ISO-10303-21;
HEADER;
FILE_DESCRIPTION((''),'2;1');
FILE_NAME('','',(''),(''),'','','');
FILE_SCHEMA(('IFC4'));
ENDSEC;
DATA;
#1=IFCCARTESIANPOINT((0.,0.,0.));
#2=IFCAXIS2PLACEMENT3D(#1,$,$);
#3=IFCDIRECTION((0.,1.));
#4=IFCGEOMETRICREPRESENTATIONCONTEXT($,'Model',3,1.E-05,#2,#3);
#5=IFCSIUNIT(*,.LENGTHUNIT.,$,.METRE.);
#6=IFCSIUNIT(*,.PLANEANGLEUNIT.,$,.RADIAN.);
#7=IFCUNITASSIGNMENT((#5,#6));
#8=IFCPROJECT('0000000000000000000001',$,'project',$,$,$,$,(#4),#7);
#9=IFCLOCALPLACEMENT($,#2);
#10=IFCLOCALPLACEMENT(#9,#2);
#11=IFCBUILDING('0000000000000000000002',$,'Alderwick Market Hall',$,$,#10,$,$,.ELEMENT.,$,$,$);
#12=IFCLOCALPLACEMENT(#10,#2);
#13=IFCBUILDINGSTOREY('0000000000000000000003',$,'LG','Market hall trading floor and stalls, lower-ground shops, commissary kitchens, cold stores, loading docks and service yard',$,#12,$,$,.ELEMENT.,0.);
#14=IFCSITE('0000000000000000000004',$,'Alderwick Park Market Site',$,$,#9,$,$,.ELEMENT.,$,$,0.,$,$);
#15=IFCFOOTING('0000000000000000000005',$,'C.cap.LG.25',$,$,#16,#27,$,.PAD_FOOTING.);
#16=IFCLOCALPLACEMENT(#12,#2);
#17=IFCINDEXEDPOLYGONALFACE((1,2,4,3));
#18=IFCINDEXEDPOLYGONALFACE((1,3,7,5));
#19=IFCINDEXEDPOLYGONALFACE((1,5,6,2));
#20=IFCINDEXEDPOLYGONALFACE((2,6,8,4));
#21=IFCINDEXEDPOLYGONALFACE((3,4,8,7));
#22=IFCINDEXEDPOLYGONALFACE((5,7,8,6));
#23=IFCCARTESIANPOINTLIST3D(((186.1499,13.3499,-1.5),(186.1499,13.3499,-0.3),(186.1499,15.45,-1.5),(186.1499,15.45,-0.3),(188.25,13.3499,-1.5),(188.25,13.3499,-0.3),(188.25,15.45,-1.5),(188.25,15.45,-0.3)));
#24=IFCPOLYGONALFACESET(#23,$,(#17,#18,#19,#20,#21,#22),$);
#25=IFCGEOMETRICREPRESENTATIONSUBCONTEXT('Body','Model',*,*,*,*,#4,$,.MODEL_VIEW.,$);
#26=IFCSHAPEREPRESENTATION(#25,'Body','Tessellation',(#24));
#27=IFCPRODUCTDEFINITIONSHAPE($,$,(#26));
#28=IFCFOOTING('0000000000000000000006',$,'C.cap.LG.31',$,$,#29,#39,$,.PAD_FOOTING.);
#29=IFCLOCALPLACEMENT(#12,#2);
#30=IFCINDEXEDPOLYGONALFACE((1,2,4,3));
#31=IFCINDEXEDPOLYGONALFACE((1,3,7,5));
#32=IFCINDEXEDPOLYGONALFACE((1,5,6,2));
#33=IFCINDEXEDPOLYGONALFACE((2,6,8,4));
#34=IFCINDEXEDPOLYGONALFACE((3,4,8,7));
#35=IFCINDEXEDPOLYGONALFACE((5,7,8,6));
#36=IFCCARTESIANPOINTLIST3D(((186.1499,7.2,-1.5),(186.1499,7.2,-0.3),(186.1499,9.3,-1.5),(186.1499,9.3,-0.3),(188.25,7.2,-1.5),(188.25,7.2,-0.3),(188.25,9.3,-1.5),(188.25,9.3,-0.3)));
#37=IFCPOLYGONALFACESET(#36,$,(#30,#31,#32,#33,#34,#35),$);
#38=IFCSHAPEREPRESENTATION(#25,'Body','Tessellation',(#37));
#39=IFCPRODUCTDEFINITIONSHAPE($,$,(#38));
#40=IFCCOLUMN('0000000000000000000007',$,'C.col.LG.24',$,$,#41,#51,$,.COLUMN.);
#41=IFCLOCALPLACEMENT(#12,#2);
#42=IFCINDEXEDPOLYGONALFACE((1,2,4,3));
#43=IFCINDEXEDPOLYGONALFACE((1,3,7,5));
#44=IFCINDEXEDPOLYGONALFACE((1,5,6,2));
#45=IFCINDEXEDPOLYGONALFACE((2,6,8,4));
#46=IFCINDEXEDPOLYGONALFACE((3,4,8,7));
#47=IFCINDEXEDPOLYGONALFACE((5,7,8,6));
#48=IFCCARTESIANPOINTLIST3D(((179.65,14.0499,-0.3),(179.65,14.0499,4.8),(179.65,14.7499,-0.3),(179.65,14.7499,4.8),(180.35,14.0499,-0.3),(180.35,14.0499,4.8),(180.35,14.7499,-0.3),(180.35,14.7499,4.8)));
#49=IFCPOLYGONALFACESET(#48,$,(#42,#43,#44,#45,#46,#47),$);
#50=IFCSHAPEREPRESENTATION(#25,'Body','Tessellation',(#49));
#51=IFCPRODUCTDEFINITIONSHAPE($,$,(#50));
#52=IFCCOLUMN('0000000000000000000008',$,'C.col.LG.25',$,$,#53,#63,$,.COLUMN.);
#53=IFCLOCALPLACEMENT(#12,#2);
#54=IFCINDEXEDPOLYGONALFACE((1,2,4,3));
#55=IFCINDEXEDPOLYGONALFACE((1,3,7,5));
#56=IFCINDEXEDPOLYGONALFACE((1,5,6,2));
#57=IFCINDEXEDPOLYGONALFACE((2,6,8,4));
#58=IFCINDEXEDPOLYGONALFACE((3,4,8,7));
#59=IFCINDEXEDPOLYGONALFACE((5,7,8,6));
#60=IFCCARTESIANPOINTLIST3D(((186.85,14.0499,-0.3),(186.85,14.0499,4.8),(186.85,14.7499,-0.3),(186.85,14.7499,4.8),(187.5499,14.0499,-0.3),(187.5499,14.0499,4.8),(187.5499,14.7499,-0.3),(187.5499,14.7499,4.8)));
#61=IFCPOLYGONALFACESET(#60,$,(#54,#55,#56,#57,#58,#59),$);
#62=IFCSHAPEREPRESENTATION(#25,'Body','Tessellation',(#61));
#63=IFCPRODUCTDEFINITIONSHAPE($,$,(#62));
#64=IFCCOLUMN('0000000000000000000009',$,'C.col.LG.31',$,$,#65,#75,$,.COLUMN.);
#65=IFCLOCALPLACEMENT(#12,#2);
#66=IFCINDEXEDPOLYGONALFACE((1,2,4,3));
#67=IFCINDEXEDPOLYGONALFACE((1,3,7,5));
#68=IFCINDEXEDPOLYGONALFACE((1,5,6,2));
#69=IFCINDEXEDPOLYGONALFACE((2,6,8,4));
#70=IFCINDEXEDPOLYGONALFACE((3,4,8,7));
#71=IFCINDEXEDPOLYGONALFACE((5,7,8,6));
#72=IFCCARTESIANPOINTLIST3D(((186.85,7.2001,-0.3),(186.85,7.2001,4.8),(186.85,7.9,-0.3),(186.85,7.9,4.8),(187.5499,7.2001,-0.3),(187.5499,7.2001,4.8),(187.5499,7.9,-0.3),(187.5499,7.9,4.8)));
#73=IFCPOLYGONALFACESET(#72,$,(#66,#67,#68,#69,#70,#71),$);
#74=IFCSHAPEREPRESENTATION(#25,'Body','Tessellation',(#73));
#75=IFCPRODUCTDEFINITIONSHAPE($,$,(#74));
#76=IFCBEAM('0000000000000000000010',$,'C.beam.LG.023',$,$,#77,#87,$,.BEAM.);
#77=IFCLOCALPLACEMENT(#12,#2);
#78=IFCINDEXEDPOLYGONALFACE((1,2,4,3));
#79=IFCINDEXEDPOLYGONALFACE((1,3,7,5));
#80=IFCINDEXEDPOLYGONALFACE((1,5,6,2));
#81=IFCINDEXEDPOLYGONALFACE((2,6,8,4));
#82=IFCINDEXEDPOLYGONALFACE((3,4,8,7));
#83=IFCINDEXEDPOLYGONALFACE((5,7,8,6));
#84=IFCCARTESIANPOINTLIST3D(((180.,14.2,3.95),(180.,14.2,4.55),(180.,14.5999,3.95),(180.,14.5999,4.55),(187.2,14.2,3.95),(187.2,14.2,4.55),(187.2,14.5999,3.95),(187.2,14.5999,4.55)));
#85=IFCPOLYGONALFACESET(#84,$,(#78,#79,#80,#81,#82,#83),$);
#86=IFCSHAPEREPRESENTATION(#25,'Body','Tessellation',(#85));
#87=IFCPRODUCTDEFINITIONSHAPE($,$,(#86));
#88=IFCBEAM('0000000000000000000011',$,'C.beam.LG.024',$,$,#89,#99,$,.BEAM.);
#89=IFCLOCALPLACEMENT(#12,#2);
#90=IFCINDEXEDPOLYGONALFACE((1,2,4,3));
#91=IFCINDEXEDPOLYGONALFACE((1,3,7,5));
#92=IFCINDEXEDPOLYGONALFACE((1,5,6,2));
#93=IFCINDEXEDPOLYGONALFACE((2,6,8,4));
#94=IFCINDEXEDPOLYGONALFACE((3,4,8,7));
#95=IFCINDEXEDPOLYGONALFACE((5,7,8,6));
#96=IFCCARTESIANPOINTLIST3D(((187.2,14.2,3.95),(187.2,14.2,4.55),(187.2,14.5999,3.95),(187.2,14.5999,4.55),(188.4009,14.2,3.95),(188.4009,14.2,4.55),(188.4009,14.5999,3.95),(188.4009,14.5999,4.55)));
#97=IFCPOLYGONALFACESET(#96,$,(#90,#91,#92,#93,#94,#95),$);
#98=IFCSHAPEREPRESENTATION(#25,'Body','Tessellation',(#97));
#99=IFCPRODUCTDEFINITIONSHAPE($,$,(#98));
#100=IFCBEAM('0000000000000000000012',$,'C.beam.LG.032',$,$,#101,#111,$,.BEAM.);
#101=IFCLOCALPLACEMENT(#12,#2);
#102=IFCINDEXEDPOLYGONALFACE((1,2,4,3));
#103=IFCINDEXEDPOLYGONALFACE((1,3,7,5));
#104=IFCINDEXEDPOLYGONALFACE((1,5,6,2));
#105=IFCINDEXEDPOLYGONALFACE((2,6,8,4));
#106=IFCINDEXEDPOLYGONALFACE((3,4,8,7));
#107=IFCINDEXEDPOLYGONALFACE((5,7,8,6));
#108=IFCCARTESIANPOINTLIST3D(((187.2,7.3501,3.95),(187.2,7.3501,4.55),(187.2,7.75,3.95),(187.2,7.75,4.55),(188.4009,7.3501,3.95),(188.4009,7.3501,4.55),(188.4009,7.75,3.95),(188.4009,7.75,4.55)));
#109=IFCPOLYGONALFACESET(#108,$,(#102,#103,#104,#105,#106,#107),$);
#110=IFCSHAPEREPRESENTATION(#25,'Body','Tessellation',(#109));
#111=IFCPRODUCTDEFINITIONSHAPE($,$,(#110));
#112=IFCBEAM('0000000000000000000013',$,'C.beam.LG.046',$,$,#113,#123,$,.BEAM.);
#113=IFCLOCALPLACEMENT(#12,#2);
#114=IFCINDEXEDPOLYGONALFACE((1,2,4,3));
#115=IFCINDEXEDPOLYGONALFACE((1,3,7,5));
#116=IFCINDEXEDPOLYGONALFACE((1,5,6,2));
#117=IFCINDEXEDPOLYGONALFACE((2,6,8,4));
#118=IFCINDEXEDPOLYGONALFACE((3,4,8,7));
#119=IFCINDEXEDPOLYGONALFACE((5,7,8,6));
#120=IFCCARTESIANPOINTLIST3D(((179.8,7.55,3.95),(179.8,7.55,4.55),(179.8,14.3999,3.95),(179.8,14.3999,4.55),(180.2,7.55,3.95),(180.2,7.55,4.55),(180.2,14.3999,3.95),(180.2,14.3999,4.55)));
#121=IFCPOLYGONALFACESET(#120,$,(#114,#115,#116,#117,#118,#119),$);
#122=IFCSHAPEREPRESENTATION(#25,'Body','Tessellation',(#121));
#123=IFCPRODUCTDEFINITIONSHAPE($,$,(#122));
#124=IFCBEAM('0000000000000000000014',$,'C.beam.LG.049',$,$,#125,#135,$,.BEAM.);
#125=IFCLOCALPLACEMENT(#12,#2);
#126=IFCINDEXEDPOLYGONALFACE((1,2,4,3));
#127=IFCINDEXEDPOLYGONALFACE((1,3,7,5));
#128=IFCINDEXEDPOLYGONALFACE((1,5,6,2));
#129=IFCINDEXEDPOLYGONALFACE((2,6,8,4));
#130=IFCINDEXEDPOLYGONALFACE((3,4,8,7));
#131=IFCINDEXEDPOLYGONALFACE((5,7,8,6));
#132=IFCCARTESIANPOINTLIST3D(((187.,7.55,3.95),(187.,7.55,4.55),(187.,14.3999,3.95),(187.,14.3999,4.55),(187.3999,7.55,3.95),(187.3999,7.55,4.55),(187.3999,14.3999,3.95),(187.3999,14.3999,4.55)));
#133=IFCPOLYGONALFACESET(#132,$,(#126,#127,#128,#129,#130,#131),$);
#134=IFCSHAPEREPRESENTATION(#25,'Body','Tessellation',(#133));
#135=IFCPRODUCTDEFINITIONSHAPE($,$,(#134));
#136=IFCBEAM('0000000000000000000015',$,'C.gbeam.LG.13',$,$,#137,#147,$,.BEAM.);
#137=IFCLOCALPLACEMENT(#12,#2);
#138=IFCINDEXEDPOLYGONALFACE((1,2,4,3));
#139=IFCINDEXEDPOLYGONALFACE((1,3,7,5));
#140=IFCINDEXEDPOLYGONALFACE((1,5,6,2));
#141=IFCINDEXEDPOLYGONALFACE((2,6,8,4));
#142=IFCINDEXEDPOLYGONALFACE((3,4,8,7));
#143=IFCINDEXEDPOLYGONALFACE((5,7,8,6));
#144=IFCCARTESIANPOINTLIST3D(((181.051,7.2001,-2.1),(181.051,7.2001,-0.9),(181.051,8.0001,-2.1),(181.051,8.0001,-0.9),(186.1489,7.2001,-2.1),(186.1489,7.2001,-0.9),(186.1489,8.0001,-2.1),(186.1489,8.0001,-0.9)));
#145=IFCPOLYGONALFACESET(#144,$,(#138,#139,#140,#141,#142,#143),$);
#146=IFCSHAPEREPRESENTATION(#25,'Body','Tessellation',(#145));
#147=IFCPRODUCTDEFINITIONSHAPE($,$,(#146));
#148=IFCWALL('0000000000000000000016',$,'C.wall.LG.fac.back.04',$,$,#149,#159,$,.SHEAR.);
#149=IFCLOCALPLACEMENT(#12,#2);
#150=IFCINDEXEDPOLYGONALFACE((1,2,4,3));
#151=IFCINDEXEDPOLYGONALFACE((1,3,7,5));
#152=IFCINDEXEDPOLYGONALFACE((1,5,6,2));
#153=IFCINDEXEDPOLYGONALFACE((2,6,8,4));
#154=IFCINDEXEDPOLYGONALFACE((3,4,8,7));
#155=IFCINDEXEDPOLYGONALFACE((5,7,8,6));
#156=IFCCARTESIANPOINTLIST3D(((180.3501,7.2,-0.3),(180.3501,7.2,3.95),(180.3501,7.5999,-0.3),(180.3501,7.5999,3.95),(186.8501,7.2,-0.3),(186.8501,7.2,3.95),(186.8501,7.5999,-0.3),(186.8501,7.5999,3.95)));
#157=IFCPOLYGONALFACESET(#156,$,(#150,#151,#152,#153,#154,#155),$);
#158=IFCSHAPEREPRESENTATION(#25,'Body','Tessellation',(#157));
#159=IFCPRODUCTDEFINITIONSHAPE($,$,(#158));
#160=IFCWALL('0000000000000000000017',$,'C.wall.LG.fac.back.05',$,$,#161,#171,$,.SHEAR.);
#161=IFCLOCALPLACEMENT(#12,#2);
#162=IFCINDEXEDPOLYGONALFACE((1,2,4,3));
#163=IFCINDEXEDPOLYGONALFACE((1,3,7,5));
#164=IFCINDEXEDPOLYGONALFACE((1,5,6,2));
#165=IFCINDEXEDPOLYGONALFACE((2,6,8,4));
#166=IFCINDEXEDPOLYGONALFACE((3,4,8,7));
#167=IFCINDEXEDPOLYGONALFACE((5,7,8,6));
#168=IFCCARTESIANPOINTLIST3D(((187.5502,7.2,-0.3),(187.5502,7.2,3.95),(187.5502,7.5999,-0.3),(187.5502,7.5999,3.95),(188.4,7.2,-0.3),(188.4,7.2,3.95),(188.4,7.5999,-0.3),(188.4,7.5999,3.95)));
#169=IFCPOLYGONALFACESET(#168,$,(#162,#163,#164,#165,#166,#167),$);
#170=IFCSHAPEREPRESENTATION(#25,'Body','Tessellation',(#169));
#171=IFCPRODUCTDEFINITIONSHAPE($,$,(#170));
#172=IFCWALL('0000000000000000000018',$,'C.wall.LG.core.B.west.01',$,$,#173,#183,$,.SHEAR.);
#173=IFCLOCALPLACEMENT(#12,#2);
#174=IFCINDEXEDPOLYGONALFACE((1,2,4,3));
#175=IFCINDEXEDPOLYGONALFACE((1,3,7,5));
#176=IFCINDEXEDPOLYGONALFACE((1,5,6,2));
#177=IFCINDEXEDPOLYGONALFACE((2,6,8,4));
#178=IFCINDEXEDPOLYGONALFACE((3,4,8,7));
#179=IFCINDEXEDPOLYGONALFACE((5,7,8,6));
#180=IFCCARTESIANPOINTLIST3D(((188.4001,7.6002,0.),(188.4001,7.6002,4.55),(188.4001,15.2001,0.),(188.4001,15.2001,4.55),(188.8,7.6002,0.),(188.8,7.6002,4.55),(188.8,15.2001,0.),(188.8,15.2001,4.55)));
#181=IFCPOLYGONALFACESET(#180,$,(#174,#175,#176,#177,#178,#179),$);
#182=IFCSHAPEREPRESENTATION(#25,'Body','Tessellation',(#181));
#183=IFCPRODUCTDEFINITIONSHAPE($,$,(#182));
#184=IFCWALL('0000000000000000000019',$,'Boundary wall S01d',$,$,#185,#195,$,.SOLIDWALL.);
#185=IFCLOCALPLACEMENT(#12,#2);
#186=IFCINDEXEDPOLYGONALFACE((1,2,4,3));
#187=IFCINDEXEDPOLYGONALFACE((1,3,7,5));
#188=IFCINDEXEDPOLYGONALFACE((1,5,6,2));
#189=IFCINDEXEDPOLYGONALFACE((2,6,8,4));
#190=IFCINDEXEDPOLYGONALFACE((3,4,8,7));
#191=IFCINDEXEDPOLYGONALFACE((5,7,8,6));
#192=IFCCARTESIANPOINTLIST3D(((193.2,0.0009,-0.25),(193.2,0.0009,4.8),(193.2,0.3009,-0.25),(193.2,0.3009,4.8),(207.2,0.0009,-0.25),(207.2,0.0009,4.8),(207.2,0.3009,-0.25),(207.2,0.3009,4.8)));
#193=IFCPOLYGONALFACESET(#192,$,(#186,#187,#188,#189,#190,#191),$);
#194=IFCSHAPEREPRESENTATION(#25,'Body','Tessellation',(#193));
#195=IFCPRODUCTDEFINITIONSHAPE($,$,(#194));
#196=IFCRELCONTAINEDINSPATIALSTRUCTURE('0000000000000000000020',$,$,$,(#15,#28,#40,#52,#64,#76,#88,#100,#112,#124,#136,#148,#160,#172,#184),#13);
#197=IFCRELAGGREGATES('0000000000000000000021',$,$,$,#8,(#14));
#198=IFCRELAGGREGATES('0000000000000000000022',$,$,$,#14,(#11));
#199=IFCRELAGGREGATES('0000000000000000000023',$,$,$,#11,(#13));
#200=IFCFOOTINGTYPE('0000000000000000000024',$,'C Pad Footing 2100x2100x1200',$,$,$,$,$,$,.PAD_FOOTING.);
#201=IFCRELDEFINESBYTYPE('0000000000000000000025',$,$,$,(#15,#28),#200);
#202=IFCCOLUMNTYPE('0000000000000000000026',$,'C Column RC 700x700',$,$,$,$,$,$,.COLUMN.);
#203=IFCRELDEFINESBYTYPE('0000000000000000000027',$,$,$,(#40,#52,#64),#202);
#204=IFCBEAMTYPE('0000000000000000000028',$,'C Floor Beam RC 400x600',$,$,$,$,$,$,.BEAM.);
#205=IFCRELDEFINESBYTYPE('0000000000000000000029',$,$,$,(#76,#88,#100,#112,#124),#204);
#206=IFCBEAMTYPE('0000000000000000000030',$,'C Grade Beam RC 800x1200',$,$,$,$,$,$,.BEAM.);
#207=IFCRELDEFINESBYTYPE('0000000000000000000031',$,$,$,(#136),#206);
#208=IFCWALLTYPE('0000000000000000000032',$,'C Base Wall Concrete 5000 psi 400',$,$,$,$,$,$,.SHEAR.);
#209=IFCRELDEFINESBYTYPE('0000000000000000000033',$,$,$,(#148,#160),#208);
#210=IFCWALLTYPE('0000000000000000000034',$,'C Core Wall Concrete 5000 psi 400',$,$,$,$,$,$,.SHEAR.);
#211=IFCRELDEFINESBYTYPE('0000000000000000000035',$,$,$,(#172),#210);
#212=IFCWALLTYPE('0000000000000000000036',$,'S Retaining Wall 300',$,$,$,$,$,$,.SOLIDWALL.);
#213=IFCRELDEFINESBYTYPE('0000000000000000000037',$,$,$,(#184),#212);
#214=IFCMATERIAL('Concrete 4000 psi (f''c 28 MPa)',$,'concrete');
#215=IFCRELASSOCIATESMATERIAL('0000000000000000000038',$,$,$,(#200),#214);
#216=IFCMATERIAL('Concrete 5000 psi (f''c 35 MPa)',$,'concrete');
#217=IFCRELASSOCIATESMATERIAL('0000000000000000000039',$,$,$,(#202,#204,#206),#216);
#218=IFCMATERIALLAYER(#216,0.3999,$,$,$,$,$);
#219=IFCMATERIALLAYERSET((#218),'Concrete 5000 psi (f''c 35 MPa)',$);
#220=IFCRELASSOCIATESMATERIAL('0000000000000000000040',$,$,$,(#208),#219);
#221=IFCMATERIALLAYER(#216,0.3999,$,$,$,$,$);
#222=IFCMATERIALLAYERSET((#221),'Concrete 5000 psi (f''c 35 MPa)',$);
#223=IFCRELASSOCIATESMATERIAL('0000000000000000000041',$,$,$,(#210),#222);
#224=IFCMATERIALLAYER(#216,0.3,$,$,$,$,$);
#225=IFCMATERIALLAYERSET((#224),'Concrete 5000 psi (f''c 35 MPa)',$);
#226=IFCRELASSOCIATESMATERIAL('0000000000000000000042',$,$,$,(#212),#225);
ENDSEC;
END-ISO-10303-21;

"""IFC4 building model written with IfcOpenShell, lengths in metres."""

from ifc_helpers import new_model, si_unit, direction, frame, frame_2d, origin, origin_2d, place, context, subcontext, project, spatial, rectangle, extrude, material, layer, layer_set, material_profile, profile_set, type_object, element, save


model = new_model("IFC4")

# Units and contexts
model_context = context("Model", 3, precision=1e-05, world=origin(), true_north=direction((0.0, 1.0)))
body_context = subcontext(model_context, "Body", "Model", "MODEL_VIEW")
ifc_project = project(units=[si_unit("LENGTHUNIT", "METRE"), si_unit("PLANEANGLEUNIT", "RADIAN")], contexts=[model_context])

# Site, building, storey
site_placement = place(None, origin())
site = spatial("IfcSite", under=ifc_project, at=site_placement, Name="Alderwick Park Market Site", CompositionType="ELEMENT", RefElevation=0.0)
building_placement = place(site_placement, origin())
building = spatial("IfcBuilding", under=site, at=building_placement, Name="Alderwick Market Hall", CompositionType="ELEMENT")
storey_placement = place(building_placement, origin())
storey = spatial("IfcBuildingStorey", under=building, at=storey_placement, Name="LG", Description="Market hall trading floor and stalls, lower-ground shops, commissary kitchens, cold stores, loading docks and service yard", CompositionType="ELEMENT", Elevation=0.0)

# Footings
ifc_material_1 = material(Name="Concrete 4000 psi (f'c 28 MPa)", Category="concrete")
footing_type = type_object("IfcFootingType", Name="C Pad Footing 2100x2100x1200", PredefinedType="PAD_FOOTING", material=ifc_material_1)
for number, where, z_axis, x_axis, name in (
    (1, (187.2, 14.3999, -1.5), (0.0, 0.0, 1.0), (1.0, 0.0, 0.0), "C.cap.LG.25"),
    (2, (187.2, 8.25, -1.5), (0.0, 0.0, 1.0), (1.0, 0.0, 0.0), "C.cap.LG.31"),
):
    element("IfcFooting", number, at=place(storey_placement, frame(where, z_axis=z_axis, x_axis=x_axis)), inside=storey, type_object=footing_type, Name=name, PredefinedType="PAD_FOOTING", context=body_context, shape_type="SweptSolid", body=[
        extrude(rectangle(XDim=2.1001, YDim=2.1001, at=origin_2d()), origin(), (0.0, 0.0, 1.0), 1.2),
    ])

# Columns
ifc_material_2 = material(Name="Concrete 5000 psi (f'c 35 MPa)", Category="concrete")
ifc_material_profile_1 = material_profile(ifc_material_2, rectangle(XDim=0.7, YDim=0.7, at=origin_2d()), Name="RC 700x700")
ifc_profile_set_1 = profile_set([ifc_material_profile_1], Name="Concrete 5000 psi (f'c 35 MPa)")
column_type = type_object("IfcColumnType", Name="C Column RC 700x700", PredefinedType="COLUMN", material=ifc_profile_set_1)
for number, where, z_axis, x_axis, name in (
    (3, (180.0, 14.3999, -0.3), (0.0, 0.0, 1.0), (1.0, 0.0, 0.0), "C.col.LG.24"),
    (4, (187.2, 14.3999, -0.3), (0.0, 0.0, 1.0), (1.0, 0.0, 0.0), "C.col.LG.25"),
    (5, (187.2, 7.55, -0.3), (0.0, 0.0, 1.0), (1.0, 0.0, 0.0), "C.col.LG.31"),
):
    element("IfcColumn", number, at=place(storey_placement, frame(where, z_axis=z_axis, x_axis=x_axis)), inside=storey, type_object=column_type, Name=name, PredefinedType="COLUMN", context=body_context, shape_type="SweptSolid", body=[
        extrude(rectangle(XDim=0.7, YDim=0.7, at=origin_2d()), origin(), (0.0, 0.0, 1.0), 5.1001),
    ])

# Beams
ifc_material_profile_2 = material_profile(ifc_material_2, rectangle(XDim=0.3999, YDim=0.6001, at=origin_2d()), Name="RC 400x600")
ifc_profile_set_2 = profile_set([ifc_material_profile_2], Name="Concrete 5000 psi (f'c 35 MPa)")
beam_type_1 = type_object("IfcBeamType", Name="C Floor Beam RC 400x600", PredefinedType="BEAM", material=ifc_profile_set_2)
beam_1_placement = place(storey_placement, frame((180.0, 14.3999, 4.25), z_axis=(1.0, 0.0, 0.0), x_axis=(0.0, 1.0, 0.0)))
element("IfcBeam", 6, at=beam_1_placement, inside=storey, type_object=beam_type_1, Name="C.beam.LG.023", PredefinedType="BEAM", context=body_context, shape_type="SweptSolid", body=[
    extrude(rectangle(XDim=0.3999, YDim=0.6001, at=origin_2d()), origin(), (0.0, 0.0, 1.0), 7.2),
])
for number, where, z_axis, x_axis, name in (
    (7, (187.2, 14.3999, 4.25), (1.0, 0.0, 0.0), (0.0, 1.0, 0.0), "C.beam.LG.024"),
    (8, (187.2, 7.55, 4.25), (1.0, 0.0, 0.0), (0.0, 1.0, 0.0), "C.beam.LG.032"),
):
    element("IfcBeam", number, at=place(storey_placement, frame(where, z_axis=z_axis, x_axis=x_axis)), inside=storey, type_object=beam_type_1, Name=name, PredefinedType="BEAM", context=body_context, shape_type="SweptSolid", body=[
        extrude(rectangle(XDim=0.3999, YDim=0.6001, at=origin_2d()), origin(), (0.0, 0.0, 1.0), 1.2009),
    ])
for number, where, z_axis, x_axis, name in (
    (9, (180.0, 14.3999, 4.25), (0.0, -1.0, 0.0), (1.0, 0.0, 0.0), "C.beam.LG.046"),
    (10, (187.2, 14.3999, 4.25), (0.0, -1.0, 0.0), (1.0, 0.0, 0.0), "C.beam.LG.049"),
):
    element("IfcBeam", number, at=place(storey_placement, frame(where, z_axis=z_axis, x_axis=x_axis)), inside=storey, type_object=beam_type_1, Name=name, PredefinedType="BEAM", context=body_context, shape_type="SweptSolid", body=[
        extrude(rectangle(XDim=0.3999, YDim=0.6001, at=origin_2d()), origin(), (0.0, 0.0, 1.0), 6.8499),
    ])
ifc_material_profile_3 = material_profile(ifc_material_2, rectangle(XDim=0.8, YDim=1.2, at=origin_2d()), Name="RC 800x1200")
ifc_profile_set_3 = profile_set([ifc_material_profile_3], Name="Concrete 5000 psi (f'c 35 MPa)")
beam_type_2 = type_object("IfcBeamType", Name="C Grade Beam RC 800x1200", PredefinedType="BEAM", material=ifc_profile_set_3)
beam_2_placement = place(storey_placement, frame((181.051, 7.6001, -1.5), z_axis=(1.0, 0.0, 0.0), x_axis=(0.0, 1.0, 0.0)))
element("IfcBeam", 11, at=beam_2_placement, inside=storey, type_object=beam_type_2, Name="C.gbeam.LG.13", PredefinedType="BEAM", context=body_context, shape_type="SweptSolid", body=[
    extrude(rectangle(XDim=0.8, YDim=1.2, at=origin_2d()), origin(), (0.0, 0.0, 1.0), 5.0979),
])

# Walls
ifc_layer_1 = layer(ifc_material_2, 0.3999)
ifc_layer_set_1 = layer_set([ifc_layer_1], Name="Concrete 5000 psi (f'c 35 MPa)")
wall_type_1 = type_object("IfcWallType", Name="C Base Wall Concrete 5000 psi 400", PredefinedType="SHEAR", material=ifc_layer_set_1)
wall_1_placement = place(storey_placement, frame((186.8501, 7.3999, -0.3), z_axis=(0.0, 0.0, 1.0), x_axis=(-1.0, 0.0, 0.0)))
element("IfcWall", 12, at=wall_1_placement, inside=storey, type_object=wall_type_1, Name="C.wall.LG.fac.back.04", PredefinedType="SHEAR", context=body_context, shape_type="SweptSolid", body=[
    extrude(rectangle(XDim=6.5, YDim=0.3999, at=frame_2d((3.25, 0.0))), origin(), (0.0, 0.0, 1.0), 4.25),
])
wall_2_placement = place(storey_placement, frame((188.3999, 7.3999, -0.3), z_axis=(0.0, 0.0, 1.0), x_axis=(-1.0, 0.0, 0.0)))
element("IfcWall", 13, at=wall_2_placement, inside=storey, type_object=wall_type_1, Name="C.wall.LG.fac.back.05", PredefinedType="SHEAR", context=body_context, shape_type="SweptSolid", body=[
    extrude(rectangle(XDim=0.8499, YDim=0.3999, at=frame_2d((0.4248, 0.0))), origin(), (0.0, 0.0, 1.0), 4.25),
])
ifc_layer_2 = layer(ifc_material_2, 0.3999)
ifc_layer_set_2 = layer_set([ifc_layer_2], Name="Concrete 5000 psi (f'c 35 MPa)")
wall_type_2 = type_object("IfcWallType", Name="C Core Wall Concrete 5000 psi 400", PredefinedType="SHEAR", material=ifc_layer_set_2)
wall_3_placement = place(storey_placement, frame((188.6001, 15.2, 0.0), z_axis=(0.0, 0.0, 1.0), x_axis=(0.0, -1.0, 0.0)))
element("IfcWall", 14, at=wall_3_placement, inside=storey, type_object=wall_type_2, Name="C.wall.LG.core.B.west.01", PredefinedType="SHEAR", context=body_context, shape_type="SweptSolid", body=[
    extrude(rectangle(XDim=7.5999, YDim=0.3999, at=frame_2d((3.7998, 0.0))), origin(), (0.0, 0.0, 1.0), 4.55),
])
ifc_layer_3 = layer(ifc_material_2, 0.3)
ifc_layer_set_3 = layer_set([ifc_layer_3], Name="Concrete 5000 psi (f'c 35 MPa)")
wall_type_3 = type_object("IfcWallType", Name="S Retaining Wall 300", PredefinedType="SOLIDWALL", material=ifc_layer_set_3)
wall_4_placement = place(storey_placement, frame((193.2, 0.1509, -0.25), z_axis=(0.0, 0.0, 1.0), x_axis=(1.0, 0.0, 0.0)))
element("IfcWall", 15, at=wall_4_placement, inside=storey, type_object=wall_type_3, Name="Boundary wall S01d", PredefinedType="SOLIDWALL", context=body_context, shape_type="SweptSolid", body=[
    extrude(rectangle(XDim=14.0, YDim=0.3, at=frame_2d((7.0, 0.0))), origin(), (0.0, 0.0, 1.0), 5.05),
])

save(model, "model.ifc")
